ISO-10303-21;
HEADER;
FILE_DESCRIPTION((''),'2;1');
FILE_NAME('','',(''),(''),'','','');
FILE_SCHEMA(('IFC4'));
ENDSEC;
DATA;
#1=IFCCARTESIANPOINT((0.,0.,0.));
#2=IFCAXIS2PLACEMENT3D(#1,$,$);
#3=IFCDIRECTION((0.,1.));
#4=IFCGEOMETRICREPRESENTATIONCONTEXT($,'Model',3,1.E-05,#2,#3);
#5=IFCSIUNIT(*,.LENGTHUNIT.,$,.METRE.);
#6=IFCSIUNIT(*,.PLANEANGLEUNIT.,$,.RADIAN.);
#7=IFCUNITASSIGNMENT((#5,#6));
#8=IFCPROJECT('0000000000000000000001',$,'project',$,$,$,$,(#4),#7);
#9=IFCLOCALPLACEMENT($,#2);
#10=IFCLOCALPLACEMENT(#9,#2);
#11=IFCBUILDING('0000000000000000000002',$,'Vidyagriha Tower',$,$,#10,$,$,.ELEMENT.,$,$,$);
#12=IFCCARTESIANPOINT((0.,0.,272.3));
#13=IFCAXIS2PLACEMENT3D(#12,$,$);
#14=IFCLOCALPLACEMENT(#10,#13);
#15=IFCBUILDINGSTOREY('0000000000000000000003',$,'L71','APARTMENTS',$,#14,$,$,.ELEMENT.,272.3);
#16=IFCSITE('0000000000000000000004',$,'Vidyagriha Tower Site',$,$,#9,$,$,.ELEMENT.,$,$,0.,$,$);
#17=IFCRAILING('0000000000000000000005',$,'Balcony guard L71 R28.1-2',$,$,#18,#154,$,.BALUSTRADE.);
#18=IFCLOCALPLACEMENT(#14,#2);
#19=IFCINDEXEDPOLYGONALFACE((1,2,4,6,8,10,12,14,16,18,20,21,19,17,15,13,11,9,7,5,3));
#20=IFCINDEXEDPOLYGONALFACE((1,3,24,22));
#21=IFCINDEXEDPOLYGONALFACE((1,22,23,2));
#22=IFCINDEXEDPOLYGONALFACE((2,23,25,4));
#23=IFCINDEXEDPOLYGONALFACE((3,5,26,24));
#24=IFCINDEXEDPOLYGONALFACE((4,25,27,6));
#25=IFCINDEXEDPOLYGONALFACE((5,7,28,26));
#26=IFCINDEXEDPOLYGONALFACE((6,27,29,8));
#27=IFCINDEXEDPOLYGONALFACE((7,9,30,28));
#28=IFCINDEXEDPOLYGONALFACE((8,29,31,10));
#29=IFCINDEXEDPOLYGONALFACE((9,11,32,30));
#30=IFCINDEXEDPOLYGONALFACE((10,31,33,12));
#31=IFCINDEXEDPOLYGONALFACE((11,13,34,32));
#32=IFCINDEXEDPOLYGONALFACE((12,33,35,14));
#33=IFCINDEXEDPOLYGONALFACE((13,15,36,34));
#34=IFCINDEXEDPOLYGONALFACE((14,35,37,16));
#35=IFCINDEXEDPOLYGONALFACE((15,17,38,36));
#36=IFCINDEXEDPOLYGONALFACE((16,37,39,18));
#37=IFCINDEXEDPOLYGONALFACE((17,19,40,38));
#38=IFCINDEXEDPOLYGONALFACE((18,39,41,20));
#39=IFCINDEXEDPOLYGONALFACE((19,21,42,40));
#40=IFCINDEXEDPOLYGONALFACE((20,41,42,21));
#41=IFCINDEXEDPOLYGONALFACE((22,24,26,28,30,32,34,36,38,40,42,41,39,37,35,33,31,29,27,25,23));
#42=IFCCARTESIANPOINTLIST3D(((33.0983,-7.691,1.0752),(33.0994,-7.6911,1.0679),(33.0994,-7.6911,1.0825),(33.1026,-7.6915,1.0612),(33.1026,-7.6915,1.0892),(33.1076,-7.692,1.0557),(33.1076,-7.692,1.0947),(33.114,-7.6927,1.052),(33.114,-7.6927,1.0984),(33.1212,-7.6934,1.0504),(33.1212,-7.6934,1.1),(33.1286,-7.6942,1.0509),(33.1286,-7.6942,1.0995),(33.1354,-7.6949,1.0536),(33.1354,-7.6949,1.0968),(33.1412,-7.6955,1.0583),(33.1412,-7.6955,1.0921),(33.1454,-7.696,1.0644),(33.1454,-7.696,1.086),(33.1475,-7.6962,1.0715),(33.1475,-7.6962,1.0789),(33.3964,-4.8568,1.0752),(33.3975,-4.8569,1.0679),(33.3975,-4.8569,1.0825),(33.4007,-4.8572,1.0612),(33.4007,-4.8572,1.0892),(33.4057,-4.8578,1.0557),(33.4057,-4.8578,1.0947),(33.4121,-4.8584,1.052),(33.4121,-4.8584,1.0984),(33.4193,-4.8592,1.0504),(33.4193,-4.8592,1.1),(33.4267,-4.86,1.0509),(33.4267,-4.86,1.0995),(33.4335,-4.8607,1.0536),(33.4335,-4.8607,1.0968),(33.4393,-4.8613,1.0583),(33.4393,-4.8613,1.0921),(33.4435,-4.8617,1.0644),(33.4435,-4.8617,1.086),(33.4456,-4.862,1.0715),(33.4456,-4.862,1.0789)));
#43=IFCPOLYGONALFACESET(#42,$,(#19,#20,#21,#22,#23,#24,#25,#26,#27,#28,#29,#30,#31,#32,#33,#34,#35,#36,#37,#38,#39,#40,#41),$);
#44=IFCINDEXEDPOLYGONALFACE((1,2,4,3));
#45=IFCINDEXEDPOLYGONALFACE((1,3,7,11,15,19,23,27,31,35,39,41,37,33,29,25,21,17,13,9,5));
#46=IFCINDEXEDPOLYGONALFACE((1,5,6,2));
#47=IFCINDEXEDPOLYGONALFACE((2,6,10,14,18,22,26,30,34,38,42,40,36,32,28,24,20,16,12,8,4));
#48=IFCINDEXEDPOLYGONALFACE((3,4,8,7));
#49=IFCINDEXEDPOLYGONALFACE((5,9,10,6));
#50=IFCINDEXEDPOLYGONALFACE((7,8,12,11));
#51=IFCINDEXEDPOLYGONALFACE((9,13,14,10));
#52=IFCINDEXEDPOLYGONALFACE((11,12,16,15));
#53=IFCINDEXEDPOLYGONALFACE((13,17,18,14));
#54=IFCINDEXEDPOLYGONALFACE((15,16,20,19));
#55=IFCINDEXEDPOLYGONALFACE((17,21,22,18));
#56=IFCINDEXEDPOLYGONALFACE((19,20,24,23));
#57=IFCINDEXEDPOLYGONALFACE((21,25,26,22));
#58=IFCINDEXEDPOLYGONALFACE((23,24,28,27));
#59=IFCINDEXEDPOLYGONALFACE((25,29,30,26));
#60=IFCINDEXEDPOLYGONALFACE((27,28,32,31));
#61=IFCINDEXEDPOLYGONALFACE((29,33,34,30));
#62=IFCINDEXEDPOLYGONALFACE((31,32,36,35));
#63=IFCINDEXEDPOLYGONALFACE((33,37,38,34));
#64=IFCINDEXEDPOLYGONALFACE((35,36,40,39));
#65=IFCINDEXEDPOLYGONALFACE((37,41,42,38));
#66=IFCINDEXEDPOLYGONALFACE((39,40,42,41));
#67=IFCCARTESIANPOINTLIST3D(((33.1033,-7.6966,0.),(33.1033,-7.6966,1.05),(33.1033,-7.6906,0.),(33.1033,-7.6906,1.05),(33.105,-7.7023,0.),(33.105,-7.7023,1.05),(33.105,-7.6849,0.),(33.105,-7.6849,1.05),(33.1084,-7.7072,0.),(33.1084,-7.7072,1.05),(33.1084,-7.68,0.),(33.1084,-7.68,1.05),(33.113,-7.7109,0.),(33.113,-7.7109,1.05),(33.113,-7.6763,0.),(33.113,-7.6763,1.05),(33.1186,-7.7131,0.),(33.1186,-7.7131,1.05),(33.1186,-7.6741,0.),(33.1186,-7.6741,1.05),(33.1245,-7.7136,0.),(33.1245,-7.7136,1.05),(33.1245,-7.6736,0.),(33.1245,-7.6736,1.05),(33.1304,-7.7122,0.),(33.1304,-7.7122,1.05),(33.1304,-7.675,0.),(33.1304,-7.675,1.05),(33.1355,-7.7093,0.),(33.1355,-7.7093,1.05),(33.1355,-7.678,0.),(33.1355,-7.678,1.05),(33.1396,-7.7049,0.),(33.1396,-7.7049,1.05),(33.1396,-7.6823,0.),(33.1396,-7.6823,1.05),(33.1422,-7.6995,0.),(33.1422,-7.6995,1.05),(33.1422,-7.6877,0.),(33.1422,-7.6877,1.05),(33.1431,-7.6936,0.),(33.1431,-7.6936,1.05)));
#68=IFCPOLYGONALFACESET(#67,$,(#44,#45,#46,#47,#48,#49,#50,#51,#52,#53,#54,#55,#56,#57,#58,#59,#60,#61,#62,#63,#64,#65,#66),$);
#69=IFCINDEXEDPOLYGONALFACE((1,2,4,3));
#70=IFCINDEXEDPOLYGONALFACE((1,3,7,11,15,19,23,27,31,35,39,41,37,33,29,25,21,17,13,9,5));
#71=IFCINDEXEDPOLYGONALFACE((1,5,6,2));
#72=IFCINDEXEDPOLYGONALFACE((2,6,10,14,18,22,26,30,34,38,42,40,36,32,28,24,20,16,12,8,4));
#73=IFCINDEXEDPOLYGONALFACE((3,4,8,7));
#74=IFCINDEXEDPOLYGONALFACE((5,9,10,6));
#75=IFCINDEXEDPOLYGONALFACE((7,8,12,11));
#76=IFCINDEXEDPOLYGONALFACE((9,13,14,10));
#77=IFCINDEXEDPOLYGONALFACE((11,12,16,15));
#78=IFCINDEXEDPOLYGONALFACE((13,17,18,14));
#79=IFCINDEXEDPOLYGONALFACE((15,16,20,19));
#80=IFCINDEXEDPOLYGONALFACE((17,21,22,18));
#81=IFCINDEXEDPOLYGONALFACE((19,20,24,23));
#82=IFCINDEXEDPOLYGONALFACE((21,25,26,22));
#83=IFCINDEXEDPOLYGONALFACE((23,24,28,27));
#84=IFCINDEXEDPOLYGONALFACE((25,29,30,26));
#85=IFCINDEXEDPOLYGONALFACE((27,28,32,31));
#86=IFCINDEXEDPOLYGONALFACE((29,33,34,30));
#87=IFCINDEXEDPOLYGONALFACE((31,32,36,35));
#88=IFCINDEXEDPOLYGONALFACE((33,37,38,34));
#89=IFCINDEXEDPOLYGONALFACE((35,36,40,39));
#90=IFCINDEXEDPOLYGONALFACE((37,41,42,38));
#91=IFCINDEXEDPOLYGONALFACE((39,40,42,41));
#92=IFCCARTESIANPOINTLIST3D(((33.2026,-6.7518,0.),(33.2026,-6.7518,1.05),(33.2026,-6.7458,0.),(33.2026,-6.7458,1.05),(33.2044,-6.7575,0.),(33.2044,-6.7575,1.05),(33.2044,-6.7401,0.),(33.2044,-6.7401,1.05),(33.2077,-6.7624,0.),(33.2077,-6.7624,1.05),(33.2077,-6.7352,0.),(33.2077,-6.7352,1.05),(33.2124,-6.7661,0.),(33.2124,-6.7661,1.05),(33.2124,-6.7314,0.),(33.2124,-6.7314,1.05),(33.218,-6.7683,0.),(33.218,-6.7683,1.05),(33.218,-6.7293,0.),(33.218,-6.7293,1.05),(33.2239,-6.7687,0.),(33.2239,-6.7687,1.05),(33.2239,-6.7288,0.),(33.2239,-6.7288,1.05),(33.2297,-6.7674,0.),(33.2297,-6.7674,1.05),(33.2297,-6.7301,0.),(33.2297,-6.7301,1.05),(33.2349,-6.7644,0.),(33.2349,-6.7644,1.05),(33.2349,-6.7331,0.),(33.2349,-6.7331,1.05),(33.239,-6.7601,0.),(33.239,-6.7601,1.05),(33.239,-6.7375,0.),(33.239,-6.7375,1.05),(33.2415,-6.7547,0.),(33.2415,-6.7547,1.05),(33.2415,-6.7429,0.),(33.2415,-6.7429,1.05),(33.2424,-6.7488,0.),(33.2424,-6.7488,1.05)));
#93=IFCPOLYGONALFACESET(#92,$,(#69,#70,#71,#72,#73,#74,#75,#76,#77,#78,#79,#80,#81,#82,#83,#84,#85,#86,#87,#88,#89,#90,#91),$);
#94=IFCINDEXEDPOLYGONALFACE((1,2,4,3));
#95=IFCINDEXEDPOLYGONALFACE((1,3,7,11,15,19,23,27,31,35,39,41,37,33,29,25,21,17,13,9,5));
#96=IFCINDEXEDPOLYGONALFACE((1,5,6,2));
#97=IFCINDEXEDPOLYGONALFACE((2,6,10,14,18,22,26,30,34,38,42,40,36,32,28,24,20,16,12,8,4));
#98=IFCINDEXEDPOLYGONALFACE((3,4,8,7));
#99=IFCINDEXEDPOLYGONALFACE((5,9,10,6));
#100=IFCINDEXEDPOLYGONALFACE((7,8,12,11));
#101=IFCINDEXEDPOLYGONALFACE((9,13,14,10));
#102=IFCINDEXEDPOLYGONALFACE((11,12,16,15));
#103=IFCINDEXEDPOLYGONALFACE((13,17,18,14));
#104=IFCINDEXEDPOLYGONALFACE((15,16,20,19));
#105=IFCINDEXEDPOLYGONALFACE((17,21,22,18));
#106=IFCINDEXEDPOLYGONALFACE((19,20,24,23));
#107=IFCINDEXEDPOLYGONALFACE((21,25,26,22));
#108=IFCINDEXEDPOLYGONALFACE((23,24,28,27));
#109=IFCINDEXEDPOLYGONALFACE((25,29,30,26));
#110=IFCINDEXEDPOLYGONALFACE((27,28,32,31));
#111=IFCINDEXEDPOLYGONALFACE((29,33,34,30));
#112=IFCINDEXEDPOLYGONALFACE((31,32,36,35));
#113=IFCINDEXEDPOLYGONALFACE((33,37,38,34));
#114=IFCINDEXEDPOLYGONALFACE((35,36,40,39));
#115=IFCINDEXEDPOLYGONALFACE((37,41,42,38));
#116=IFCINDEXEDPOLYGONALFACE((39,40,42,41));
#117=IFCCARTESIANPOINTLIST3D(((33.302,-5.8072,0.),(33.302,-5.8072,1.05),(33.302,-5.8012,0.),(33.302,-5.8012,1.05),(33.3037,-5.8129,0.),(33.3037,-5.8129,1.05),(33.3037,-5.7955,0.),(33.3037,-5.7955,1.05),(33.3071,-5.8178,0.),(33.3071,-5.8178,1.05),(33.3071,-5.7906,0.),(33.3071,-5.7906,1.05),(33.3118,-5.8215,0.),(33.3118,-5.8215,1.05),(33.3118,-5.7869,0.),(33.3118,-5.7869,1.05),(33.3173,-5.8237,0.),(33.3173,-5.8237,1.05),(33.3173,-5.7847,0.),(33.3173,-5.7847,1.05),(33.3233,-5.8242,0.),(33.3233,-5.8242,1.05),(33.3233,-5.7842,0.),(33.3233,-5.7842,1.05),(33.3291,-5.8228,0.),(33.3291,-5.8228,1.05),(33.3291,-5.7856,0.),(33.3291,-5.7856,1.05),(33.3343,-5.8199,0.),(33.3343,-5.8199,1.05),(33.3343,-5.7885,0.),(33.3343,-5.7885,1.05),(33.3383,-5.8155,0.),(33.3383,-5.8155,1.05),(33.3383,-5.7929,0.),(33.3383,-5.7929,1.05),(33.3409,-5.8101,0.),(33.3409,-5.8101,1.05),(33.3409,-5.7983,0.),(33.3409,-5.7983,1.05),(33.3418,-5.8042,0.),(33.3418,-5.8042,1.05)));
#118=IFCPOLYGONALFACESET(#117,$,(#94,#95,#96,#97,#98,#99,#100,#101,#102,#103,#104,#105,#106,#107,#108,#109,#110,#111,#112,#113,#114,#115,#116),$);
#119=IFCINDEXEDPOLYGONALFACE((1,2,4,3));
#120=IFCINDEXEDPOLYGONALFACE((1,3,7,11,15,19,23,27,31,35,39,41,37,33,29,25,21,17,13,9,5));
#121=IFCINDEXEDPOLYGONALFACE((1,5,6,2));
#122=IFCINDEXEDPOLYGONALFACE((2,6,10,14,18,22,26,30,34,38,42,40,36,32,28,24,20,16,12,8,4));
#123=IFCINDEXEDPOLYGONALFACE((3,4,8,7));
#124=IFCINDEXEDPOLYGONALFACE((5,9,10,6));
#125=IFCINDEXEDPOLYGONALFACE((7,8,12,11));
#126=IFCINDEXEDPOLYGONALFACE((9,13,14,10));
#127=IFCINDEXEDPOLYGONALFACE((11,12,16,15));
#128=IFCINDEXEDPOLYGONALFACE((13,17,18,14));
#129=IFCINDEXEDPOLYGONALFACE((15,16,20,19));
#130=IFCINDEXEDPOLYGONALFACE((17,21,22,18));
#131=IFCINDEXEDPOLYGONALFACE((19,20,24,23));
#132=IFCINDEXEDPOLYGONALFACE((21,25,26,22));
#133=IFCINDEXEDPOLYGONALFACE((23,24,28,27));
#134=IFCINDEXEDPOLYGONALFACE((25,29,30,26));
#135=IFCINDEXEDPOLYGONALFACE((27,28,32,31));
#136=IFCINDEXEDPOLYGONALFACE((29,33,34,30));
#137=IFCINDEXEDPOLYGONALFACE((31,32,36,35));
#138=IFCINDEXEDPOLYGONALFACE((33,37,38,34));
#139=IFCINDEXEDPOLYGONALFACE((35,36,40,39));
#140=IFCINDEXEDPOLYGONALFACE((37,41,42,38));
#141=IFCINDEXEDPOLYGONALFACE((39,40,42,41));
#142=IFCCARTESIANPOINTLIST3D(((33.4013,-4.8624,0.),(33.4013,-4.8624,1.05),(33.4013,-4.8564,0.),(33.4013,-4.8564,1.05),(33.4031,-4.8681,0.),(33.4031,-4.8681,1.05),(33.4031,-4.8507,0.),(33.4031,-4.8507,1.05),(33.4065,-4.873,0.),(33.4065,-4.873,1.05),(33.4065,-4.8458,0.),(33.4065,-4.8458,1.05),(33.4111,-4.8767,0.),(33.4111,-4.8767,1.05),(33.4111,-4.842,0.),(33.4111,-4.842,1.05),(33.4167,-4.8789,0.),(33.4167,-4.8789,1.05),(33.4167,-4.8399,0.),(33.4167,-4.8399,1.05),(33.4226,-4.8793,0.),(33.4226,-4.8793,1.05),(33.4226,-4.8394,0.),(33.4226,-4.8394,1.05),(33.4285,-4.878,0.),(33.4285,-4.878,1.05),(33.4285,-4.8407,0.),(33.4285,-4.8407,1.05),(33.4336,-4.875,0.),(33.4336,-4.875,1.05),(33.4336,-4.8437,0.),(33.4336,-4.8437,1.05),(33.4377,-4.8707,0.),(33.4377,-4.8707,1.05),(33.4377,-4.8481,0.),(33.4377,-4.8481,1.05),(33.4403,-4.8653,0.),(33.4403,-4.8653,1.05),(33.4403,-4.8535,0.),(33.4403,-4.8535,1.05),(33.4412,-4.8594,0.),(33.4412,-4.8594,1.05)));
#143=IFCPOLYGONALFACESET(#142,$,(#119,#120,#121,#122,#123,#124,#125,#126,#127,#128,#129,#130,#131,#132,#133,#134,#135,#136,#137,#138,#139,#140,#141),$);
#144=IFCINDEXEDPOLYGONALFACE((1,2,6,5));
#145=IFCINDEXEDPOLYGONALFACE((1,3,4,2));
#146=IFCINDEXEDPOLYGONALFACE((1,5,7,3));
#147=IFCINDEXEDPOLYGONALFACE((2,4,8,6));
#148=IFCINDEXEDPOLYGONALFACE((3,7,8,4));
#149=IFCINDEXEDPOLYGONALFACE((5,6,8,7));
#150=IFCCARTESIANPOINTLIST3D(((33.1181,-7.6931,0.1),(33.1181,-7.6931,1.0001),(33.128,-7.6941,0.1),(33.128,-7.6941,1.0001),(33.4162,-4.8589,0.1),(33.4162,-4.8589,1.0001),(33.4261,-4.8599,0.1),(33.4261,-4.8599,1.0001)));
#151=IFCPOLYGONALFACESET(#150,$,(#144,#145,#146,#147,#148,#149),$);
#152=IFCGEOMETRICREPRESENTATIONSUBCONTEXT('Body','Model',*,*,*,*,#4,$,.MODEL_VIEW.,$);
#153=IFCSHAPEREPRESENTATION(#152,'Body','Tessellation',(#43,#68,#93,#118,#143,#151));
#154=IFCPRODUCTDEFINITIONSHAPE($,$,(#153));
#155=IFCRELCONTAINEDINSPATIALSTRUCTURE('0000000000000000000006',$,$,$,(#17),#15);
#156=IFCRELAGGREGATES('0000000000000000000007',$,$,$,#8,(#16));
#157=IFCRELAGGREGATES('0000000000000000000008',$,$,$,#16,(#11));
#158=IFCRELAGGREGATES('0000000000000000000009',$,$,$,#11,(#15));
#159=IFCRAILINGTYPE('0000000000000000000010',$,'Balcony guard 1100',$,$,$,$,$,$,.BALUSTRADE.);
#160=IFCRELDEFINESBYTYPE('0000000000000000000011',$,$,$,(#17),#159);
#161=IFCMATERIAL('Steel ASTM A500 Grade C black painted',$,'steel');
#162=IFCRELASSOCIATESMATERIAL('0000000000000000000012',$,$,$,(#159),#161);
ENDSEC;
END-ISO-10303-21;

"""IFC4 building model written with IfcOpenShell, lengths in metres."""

from ifc_helpers import new_model, si_unit, direction, frame, origin, origin_2d, place, context, subcontext, project, spatial, rectangle, circle, extrude, material, type_object, element, save


model = new_model("IFC4")

# Units and contexts
model_context = context("Model", 3, precision=1e-05, world=origin(), true_north=direction((0.0, 1.0)))
body_context = subcontext(model_context, "Body", "Model", "MODEL_VIEW")
ifc_project = project(units=[si_unit("LENGTHUNIT", "METRE"), si_unit("PLANEANGLEUNIT", "RADIAN")], contexts=[model_context])

# Site, building, storey
site_placement = place(None, origin())
site = spatial("IfcSite", under=ifc_project, at=site_placement, Name="Vidyagriha Tower Site", CompositionType="ELEMENT", RefElevation=0.0)
building_placement = place(site_placement, origin())
building = spatial("IfcBuilding", under=site, at=building_placement, Name="Vidyagriha Tower", CompositionType="ELEMENT")
storey_placement = place(building_placement, frame((0.0, 0.0, 272.3)))
storey = spatial("IfcBuildingStorey", under=building, at=storey_placement, Name="L71", Description="APARTMENTS", CompositionType="ELEMENT", Elevation=272.3)

# Railing
ifc_material_1 = material(Name="Steel ASTM A500 Grade C black painted", Category="steel")
railing_type_1 = type_object("IfcRailingType", Name="Balcony guard 1100", PredefinedType="BALUSTRADE", material=ifc_material_1)
railing_1_placement = place(storey_placement, frame((33.123, -7.6936, 0.0)))
element("IfcRailing", 1, at=railing_1_placement, inside=storey, type_object=railing_type_1, Name="Balcony guard L71 R28.1-2", PredefinedType="BALUSTRADE", context=body_context, shape_type="SweptSolid", body=[
    extrude(circle(Radius=0.0249, at=origin_2d()), frame((0.0, 0.0, 1.0752), z_axis=(0.1046, 0.994514, 0.0), x_axis=(-0.994514, 0.1046, 0.0)), (0.0, 0.0, 1.0), 2.8499),
    extrude(circle(Radius=0.02, at=origin_2d()), origin(), (0.0, 0.0, 1.0), 1.05),
    extrude(circle(Radius=0.02, at=origin_2d()), frame((0.0994, 0.9448, 0.0)), (0.0, 0.0, 1.0), 1.05),
    extrude(circle(Radius=0.02, at=origin_2d()), frame((0.1987, 1.8894, 0.0)), (0.0, 0.0, 1.0), 1.05),
    extrude(circle(Radius=0.02, at=origin_2d()), frame((0.2981, 2.8342, 0.0)), (0.0, 0.0, 1.0), 1.05),
    extrude(rectangle(XDim=0.01, YDim=0.9001, at=origin_2d()), frame((0.0, 0.0, 0.55), z_axis=(0.1046, 0.994514, 0.0), x_axis=(-0.994514, 0.1046, 0.0)), (0.0, 0.0, 1.0), 2.8499),
])

save(model, "model.ifc")
